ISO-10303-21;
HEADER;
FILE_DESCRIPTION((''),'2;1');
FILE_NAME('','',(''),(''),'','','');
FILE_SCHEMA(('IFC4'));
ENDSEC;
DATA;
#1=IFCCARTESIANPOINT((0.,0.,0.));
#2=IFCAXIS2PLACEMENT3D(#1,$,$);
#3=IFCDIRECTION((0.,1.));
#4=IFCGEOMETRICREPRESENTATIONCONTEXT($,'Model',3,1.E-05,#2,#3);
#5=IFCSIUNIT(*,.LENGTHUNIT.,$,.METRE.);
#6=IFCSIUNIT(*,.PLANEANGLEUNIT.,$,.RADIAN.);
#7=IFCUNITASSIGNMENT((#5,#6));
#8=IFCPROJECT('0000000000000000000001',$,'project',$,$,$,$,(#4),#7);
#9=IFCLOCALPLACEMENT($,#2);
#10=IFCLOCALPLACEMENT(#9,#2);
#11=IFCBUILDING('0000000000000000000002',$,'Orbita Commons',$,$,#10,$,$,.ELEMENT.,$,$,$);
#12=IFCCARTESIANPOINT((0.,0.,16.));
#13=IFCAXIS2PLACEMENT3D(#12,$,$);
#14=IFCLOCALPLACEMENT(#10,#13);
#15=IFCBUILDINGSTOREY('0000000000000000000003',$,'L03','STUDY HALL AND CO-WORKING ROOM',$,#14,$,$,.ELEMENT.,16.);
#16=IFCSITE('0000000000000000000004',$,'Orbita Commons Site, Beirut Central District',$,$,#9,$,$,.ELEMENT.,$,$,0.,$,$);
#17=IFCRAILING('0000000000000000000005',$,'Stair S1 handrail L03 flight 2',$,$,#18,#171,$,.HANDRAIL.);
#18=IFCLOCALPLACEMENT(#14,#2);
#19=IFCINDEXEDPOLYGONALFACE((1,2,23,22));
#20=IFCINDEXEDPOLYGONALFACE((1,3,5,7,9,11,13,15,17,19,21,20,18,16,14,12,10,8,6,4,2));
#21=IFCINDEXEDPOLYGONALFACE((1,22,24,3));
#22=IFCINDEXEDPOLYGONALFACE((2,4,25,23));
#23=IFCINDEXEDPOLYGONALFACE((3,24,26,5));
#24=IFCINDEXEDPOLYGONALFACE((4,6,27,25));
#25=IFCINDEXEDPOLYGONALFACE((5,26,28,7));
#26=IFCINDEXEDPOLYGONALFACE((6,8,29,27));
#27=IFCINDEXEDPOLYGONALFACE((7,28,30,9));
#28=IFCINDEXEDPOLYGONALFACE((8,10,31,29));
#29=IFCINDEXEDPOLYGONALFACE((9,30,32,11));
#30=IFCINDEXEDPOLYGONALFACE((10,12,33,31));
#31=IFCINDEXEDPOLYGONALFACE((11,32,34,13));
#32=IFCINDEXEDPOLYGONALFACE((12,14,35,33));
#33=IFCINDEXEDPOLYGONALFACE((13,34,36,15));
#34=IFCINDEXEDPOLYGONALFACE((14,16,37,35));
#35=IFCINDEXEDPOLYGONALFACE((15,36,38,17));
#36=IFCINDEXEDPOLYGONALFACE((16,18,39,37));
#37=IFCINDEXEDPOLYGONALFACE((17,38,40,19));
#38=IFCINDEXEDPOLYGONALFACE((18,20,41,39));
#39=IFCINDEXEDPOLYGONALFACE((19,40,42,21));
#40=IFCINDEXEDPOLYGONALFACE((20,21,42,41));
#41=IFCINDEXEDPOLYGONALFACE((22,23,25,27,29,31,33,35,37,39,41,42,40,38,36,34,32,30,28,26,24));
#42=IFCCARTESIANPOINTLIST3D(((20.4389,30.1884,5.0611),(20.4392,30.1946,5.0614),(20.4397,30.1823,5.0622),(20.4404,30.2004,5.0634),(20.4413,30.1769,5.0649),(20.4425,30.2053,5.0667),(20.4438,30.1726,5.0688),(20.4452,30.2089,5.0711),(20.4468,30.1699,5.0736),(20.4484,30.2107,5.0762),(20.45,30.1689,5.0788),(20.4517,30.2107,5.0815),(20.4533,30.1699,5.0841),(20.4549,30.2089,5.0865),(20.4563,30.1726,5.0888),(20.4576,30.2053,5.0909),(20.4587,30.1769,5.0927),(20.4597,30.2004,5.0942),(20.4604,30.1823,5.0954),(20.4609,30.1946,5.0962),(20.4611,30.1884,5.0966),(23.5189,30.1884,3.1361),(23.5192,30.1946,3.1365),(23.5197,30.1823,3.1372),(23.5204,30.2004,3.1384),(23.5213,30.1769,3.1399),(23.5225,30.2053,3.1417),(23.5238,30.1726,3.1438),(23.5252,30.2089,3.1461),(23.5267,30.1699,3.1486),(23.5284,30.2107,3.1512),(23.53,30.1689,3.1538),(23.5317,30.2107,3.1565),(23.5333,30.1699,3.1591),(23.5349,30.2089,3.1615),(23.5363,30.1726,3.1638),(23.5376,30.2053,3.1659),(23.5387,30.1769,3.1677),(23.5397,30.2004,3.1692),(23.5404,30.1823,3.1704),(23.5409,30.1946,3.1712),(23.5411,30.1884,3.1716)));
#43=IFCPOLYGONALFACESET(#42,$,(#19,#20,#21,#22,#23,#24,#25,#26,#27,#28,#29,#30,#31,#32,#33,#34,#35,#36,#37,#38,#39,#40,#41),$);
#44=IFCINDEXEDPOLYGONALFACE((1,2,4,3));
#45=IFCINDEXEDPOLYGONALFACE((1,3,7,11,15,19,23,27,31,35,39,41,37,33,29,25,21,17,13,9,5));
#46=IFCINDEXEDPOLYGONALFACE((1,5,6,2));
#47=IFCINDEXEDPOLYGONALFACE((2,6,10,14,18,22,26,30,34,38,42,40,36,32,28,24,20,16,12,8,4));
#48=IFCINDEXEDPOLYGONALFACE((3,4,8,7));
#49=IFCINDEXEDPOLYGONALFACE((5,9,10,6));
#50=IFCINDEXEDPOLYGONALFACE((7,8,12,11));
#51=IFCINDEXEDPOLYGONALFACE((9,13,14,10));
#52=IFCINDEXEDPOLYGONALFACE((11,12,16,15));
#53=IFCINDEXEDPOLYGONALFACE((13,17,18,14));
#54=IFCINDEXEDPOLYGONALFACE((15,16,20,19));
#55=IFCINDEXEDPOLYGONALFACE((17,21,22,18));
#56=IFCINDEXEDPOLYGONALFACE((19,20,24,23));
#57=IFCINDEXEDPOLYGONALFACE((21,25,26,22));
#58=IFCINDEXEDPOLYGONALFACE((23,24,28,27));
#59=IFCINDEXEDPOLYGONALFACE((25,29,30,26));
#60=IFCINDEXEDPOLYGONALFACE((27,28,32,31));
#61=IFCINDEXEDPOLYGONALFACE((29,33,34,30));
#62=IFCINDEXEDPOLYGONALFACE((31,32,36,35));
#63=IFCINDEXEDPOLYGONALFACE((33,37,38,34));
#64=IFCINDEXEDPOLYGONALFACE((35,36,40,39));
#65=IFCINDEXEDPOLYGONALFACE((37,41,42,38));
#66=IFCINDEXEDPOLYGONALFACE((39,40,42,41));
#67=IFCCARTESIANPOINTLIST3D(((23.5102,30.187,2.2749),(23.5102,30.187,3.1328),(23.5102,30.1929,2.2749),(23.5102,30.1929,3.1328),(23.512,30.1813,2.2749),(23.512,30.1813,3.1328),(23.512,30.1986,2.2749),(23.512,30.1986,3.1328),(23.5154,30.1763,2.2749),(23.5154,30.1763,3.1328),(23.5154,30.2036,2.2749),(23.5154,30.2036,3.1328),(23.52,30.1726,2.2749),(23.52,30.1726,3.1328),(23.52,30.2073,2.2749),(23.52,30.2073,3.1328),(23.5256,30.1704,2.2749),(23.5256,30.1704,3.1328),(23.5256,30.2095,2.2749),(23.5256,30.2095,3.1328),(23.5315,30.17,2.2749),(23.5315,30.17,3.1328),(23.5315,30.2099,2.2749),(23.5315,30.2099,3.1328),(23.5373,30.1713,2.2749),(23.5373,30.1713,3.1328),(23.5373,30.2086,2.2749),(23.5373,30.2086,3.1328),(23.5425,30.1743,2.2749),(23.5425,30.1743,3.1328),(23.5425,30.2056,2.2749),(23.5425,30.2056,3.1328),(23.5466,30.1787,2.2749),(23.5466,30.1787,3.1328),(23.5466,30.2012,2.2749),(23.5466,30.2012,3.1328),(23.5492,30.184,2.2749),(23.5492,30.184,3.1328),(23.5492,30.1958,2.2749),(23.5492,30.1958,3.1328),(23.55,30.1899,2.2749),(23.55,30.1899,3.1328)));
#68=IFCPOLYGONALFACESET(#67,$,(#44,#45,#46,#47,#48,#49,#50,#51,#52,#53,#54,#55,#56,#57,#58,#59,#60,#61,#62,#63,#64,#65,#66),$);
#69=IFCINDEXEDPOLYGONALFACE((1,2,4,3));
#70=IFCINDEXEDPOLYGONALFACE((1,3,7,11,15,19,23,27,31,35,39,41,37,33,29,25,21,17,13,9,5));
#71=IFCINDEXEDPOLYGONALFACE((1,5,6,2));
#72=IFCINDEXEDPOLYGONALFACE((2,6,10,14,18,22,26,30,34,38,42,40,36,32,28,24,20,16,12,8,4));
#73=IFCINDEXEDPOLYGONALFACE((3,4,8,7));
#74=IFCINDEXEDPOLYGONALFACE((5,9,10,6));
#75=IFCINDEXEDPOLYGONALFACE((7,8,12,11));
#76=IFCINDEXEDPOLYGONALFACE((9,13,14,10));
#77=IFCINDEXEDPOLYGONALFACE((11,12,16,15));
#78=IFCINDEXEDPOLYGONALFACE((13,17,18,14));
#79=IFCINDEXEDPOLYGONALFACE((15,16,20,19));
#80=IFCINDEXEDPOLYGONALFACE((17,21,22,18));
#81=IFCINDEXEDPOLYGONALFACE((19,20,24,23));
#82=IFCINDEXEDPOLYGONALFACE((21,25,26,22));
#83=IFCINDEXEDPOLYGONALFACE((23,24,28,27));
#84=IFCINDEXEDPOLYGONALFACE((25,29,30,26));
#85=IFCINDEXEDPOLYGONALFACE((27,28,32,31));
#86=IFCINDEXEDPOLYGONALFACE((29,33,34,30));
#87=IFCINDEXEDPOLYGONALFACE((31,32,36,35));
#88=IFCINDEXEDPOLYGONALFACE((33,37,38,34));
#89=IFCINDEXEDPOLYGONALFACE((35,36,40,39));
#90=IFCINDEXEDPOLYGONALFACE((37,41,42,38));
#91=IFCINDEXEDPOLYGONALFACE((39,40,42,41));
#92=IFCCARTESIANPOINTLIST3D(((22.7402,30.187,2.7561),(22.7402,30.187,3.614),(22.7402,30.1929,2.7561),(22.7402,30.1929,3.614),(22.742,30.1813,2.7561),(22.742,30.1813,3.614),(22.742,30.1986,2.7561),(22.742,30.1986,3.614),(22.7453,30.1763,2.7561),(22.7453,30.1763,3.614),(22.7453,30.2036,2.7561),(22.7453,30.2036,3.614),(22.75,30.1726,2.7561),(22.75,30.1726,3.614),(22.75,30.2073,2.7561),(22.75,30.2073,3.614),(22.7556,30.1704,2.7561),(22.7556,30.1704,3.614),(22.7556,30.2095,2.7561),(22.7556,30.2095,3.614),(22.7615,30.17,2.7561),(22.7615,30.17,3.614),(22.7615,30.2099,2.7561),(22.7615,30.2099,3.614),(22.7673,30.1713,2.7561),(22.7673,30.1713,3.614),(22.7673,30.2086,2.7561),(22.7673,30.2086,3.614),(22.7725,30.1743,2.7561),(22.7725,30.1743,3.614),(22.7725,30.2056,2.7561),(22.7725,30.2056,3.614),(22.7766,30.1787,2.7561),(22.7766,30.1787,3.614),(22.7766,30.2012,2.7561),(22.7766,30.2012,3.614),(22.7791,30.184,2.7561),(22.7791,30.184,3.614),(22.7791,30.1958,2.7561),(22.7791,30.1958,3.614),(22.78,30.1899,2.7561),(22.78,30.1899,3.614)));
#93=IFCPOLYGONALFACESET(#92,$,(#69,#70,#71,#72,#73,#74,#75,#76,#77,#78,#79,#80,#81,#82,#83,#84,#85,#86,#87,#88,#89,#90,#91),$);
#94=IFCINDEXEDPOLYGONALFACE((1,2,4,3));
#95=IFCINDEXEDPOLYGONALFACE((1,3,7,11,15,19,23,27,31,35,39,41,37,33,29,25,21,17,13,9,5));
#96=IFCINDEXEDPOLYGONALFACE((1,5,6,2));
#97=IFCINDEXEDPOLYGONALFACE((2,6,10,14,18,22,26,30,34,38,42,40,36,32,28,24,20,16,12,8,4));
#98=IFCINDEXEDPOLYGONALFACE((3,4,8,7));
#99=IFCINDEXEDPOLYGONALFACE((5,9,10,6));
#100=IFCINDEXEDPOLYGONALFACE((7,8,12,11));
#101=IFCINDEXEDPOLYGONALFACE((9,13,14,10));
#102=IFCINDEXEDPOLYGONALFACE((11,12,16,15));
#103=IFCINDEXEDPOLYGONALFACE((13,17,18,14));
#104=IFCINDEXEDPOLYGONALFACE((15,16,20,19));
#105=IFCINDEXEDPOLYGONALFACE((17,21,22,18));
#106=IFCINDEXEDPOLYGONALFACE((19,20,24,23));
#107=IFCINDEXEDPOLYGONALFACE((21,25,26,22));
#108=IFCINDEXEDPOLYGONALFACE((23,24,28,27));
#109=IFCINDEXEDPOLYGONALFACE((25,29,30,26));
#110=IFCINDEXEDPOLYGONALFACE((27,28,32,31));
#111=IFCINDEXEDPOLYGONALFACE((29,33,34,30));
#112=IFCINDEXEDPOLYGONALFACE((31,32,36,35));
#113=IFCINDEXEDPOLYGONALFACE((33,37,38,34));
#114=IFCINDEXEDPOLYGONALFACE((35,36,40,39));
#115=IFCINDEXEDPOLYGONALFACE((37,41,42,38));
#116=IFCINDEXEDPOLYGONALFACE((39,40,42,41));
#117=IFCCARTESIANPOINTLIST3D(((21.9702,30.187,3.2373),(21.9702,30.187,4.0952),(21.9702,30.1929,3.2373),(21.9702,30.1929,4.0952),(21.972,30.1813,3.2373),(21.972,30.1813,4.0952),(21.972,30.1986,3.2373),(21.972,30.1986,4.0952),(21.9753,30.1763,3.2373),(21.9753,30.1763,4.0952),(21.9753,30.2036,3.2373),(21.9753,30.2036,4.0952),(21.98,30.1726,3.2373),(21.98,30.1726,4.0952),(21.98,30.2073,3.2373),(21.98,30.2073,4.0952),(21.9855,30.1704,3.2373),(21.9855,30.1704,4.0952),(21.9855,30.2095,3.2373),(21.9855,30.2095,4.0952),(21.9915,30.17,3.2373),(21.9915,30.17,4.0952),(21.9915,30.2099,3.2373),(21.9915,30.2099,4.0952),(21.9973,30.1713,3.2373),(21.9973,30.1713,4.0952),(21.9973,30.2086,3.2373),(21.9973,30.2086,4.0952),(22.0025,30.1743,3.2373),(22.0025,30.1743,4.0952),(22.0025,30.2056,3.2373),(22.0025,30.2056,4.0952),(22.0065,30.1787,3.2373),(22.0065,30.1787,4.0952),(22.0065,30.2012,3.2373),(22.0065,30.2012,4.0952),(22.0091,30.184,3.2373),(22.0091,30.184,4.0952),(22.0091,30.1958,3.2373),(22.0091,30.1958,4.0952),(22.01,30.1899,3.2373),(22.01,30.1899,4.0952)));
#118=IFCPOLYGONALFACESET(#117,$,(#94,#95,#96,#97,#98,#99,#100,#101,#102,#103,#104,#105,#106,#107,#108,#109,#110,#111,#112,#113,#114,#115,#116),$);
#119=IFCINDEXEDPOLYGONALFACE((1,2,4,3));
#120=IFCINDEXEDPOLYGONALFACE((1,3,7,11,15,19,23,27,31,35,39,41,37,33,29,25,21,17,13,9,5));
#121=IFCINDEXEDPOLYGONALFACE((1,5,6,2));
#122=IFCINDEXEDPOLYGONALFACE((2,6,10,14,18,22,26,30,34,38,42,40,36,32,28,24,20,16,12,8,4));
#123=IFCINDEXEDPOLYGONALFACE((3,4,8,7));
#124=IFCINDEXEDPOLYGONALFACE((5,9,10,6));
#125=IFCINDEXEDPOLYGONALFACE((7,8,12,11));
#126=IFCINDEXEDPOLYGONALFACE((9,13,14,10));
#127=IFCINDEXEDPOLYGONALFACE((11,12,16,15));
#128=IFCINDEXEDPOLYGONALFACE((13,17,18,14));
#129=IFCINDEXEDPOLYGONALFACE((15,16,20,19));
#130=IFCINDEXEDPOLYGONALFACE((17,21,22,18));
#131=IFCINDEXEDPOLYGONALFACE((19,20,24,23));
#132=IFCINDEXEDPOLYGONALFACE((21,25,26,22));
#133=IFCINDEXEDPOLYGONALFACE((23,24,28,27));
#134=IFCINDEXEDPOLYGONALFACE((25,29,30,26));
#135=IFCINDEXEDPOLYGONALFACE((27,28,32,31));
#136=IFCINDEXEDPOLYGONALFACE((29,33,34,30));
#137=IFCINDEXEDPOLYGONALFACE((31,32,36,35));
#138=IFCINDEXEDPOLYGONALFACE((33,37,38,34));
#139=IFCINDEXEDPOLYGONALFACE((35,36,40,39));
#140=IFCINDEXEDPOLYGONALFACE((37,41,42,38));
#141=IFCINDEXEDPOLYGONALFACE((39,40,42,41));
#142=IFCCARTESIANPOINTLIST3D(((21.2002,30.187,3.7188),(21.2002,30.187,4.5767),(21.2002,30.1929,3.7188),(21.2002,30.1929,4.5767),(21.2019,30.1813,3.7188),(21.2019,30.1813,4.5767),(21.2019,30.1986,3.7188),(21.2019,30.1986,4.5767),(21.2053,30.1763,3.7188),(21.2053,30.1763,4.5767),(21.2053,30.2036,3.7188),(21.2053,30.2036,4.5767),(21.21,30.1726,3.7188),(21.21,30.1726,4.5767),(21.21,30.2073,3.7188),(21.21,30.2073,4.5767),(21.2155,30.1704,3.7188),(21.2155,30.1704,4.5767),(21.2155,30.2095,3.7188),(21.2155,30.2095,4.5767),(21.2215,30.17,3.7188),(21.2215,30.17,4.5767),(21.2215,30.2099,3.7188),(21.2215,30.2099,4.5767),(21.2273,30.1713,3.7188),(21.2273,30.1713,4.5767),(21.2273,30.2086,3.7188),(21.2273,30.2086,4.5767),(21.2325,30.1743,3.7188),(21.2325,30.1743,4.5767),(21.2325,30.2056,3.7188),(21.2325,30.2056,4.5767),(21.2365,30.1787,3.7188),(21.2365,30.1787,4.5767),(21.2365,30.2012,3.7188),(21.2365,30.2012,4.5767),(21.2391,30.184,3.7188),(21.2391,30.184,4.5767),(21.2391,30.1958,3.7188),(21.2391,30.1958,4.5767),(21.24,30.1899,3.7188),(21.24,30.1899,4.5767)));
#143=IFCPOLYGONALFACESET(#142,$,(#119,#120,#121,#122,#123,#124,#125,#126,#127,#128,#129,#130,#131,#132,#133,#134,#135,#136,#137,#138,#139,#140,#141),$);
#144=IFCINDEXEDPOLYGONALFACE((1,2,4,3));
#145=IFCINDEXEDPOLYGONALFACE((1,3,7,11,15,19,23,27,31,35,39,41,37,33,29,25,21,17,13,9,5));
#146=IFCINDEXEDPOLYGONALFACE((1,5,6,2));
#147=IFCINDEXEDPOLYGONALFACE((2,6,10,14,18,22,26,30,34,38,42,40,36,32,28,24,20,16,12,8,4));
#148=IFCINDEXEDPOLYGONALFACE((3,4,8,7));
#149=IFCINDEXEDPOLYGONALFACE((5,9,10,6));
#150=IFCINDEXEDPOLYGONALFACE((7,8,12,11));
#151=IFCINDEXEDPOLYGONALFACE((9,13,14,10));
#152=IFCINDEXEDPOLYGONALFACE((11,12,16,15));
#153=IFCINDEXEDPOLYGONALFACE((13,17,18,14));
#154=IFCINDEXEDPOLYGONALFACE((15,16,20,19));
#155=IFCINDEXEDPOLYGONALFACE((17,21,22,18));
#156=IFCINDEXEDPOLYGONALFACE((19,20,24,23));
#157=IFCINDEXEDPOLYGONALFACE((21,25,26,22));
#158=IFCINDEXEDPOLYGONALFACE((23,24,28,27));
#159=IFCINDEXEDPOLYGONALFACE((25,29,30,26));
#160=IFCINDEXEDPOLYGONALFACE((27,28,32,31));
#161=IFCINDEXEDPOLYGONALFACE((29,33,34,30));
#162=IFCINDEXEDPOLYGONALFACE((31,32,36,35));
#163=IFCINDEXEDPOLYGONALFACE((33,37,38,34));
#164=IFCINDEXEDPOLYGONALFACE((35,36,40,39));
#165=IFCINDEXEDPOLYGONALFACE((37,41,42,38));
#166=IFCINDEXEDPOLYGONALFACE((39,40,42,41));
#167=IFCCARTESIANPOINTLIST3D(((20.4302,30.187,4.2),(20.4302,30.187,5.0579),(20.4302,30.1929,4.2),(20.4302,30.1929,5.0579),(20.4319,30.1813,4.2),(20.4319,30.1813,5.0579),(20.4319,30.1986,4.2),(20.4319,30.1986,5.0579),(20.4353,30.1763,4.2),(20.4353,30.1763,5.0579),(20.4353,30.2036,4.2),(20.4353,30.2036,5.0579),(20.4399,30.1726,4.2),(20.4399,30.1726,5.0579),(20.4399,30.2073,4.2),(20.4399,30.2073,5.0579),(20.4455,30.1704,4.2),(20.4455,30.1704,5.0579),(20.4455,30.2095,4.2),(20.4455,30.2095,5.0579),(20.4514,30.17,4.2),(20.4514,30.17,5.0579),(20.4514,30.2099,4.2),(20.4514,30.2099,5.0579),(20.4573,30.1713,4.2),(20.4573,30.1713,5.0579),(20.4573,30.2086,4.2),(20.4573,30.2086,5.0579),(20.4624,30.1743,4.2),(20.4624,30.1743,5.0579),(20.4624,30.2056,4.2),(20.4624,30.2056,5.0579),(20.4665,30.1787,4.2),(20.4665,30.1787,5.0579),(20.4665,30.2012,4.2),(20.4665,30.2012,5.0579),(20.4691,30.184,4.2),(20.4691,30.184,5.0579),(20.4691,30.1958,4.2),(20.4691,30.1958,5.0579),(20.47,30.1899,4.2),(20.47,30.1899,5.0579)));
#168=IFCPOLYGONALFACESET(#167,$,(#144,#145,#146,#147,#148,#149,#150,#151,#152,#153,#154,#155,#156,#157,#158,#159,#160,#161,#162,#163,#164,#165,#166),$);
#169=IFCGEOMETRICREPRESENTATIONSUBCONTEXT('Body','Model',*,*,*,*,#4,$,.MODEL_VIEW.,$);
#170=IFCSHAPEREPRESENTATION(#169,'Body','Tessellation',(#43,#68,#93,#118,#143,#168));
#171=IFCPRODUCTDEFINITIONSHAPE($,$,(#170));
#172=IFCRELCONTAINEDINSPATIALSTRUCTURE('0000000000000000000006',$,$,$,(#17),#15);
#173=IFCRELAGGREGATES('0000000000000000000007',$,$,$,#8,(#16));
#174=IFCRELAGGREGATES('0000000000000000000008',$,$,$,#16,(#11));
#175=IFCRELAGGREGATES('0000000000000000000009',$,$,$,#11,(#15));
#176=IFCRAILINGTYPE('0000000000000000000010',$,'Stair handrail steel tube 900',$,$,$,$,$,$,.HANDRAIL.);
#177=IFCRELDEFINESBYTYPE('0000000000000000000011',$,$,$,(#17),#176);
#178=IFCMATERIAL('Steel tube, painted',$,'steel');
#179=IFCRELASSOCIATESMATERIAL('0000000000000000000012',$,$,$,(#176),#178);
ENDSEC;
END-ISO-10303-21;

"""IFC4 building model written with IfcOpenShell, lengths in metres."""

from ifc_helpers import new_model, si_unit, direction, frame, origin, origin_2d, place, context, subcontext, project, spatial, circle, extrude, material, type_object, element, save


model = new_model("IFC4")

# Units and contexts
model_context = context("Model", 3, precision=1e-05, world=origin(), true_north=direction((0.0, 1.0)))
body_context = subcontext(model_context, "Body", "Model", "MODEL_VIEW")
ifc_project = project(units=[si_unit("LENGTHUNIT", "METRE"), si_unit("PLANEANGLEUNIT", "RADIAN")], contexts=[model_context])

# Site, building, storey
site_placement = place(None, origin())
site = spatial("IfcSite", under=ifc_project, at=site_placement, Name="Orbita Commons Site, Beirut Central District", CompositionType="ELEMENT", RefElevation=0.0)
building_placement = place(site_placement, origin())
building = spatial("IfcBuilding", under=site, at=building_placement, Name="Orbita Commons", CompositionType="ELEMENT")
storey_placement = place(building_placement, frame((0.0, 0.0, 16.0)))
storey = spatial("IfcBuildingStorey", under=building, at=storey_placement, Name="L03", Description="STUDY HALL AND CO-WORKING ROOM", CompositionType="ELEMENT", Elevation=16.0)

# Railing
ifc_material_1 = material(Name="Steel tube, painted", Category="steel")
railing_type = type_object("IfcRailingType", Name="Stair handrail steel tube 900", PredefinedType="HANDRAIL", material=ifc_material_1)
for number, where, name in (
    (1, (23.53, 30.1899, 2.2749), "Stair S1 handrail L03 flight 2"),
):
    element("IfcRailing", number, at=place(storey_placement, frame(where)), inside=storey, type_object=railing_type, Name=name, PredefinedType="HANDRAIL", context=body_context, shape_type="SweptSolid", body=[
        extrude(circle(Radius=0.021, at=origin_2d()), frame((0.0, 0.0, 0.8789), z_axis=(-0.847998, 0.0, 0.529999), x_axis=(0.0, -1.0, 0.0)), (0.0, 0.0, 1.0), 3.6321),
        extrude(circle(Radius=0.02, at=origin_2d()), origin(), (0.0, 0.0, 1.0), 0.8579),
        extrude(circle(Radius=0.02, at=origin_2d()), frame((-0.77, 0.0, 0.4812)), (0.0, 0.0, 1.0), 0.8579),
        extrude(circle(Radius=0.02, at=origin_2d()), frame((-1.54, 0.0, 0.9624)), (0.0, 0.0, 1.0), 0.8579),
        extrude(circle(Radius=0.02, at=origin_2d()), frame((-2.3101, 0.0, 1.4438)), (0.0, 0.0, 1.0), 0.8579),
        extrude(circle(Radius=0.02, at=origin_2d()), frame((-3.0801, 0.0, 1.925)), (0.0, 0.0, 1.0), 0.8579),
    ])

save(model, "model.ifc")
